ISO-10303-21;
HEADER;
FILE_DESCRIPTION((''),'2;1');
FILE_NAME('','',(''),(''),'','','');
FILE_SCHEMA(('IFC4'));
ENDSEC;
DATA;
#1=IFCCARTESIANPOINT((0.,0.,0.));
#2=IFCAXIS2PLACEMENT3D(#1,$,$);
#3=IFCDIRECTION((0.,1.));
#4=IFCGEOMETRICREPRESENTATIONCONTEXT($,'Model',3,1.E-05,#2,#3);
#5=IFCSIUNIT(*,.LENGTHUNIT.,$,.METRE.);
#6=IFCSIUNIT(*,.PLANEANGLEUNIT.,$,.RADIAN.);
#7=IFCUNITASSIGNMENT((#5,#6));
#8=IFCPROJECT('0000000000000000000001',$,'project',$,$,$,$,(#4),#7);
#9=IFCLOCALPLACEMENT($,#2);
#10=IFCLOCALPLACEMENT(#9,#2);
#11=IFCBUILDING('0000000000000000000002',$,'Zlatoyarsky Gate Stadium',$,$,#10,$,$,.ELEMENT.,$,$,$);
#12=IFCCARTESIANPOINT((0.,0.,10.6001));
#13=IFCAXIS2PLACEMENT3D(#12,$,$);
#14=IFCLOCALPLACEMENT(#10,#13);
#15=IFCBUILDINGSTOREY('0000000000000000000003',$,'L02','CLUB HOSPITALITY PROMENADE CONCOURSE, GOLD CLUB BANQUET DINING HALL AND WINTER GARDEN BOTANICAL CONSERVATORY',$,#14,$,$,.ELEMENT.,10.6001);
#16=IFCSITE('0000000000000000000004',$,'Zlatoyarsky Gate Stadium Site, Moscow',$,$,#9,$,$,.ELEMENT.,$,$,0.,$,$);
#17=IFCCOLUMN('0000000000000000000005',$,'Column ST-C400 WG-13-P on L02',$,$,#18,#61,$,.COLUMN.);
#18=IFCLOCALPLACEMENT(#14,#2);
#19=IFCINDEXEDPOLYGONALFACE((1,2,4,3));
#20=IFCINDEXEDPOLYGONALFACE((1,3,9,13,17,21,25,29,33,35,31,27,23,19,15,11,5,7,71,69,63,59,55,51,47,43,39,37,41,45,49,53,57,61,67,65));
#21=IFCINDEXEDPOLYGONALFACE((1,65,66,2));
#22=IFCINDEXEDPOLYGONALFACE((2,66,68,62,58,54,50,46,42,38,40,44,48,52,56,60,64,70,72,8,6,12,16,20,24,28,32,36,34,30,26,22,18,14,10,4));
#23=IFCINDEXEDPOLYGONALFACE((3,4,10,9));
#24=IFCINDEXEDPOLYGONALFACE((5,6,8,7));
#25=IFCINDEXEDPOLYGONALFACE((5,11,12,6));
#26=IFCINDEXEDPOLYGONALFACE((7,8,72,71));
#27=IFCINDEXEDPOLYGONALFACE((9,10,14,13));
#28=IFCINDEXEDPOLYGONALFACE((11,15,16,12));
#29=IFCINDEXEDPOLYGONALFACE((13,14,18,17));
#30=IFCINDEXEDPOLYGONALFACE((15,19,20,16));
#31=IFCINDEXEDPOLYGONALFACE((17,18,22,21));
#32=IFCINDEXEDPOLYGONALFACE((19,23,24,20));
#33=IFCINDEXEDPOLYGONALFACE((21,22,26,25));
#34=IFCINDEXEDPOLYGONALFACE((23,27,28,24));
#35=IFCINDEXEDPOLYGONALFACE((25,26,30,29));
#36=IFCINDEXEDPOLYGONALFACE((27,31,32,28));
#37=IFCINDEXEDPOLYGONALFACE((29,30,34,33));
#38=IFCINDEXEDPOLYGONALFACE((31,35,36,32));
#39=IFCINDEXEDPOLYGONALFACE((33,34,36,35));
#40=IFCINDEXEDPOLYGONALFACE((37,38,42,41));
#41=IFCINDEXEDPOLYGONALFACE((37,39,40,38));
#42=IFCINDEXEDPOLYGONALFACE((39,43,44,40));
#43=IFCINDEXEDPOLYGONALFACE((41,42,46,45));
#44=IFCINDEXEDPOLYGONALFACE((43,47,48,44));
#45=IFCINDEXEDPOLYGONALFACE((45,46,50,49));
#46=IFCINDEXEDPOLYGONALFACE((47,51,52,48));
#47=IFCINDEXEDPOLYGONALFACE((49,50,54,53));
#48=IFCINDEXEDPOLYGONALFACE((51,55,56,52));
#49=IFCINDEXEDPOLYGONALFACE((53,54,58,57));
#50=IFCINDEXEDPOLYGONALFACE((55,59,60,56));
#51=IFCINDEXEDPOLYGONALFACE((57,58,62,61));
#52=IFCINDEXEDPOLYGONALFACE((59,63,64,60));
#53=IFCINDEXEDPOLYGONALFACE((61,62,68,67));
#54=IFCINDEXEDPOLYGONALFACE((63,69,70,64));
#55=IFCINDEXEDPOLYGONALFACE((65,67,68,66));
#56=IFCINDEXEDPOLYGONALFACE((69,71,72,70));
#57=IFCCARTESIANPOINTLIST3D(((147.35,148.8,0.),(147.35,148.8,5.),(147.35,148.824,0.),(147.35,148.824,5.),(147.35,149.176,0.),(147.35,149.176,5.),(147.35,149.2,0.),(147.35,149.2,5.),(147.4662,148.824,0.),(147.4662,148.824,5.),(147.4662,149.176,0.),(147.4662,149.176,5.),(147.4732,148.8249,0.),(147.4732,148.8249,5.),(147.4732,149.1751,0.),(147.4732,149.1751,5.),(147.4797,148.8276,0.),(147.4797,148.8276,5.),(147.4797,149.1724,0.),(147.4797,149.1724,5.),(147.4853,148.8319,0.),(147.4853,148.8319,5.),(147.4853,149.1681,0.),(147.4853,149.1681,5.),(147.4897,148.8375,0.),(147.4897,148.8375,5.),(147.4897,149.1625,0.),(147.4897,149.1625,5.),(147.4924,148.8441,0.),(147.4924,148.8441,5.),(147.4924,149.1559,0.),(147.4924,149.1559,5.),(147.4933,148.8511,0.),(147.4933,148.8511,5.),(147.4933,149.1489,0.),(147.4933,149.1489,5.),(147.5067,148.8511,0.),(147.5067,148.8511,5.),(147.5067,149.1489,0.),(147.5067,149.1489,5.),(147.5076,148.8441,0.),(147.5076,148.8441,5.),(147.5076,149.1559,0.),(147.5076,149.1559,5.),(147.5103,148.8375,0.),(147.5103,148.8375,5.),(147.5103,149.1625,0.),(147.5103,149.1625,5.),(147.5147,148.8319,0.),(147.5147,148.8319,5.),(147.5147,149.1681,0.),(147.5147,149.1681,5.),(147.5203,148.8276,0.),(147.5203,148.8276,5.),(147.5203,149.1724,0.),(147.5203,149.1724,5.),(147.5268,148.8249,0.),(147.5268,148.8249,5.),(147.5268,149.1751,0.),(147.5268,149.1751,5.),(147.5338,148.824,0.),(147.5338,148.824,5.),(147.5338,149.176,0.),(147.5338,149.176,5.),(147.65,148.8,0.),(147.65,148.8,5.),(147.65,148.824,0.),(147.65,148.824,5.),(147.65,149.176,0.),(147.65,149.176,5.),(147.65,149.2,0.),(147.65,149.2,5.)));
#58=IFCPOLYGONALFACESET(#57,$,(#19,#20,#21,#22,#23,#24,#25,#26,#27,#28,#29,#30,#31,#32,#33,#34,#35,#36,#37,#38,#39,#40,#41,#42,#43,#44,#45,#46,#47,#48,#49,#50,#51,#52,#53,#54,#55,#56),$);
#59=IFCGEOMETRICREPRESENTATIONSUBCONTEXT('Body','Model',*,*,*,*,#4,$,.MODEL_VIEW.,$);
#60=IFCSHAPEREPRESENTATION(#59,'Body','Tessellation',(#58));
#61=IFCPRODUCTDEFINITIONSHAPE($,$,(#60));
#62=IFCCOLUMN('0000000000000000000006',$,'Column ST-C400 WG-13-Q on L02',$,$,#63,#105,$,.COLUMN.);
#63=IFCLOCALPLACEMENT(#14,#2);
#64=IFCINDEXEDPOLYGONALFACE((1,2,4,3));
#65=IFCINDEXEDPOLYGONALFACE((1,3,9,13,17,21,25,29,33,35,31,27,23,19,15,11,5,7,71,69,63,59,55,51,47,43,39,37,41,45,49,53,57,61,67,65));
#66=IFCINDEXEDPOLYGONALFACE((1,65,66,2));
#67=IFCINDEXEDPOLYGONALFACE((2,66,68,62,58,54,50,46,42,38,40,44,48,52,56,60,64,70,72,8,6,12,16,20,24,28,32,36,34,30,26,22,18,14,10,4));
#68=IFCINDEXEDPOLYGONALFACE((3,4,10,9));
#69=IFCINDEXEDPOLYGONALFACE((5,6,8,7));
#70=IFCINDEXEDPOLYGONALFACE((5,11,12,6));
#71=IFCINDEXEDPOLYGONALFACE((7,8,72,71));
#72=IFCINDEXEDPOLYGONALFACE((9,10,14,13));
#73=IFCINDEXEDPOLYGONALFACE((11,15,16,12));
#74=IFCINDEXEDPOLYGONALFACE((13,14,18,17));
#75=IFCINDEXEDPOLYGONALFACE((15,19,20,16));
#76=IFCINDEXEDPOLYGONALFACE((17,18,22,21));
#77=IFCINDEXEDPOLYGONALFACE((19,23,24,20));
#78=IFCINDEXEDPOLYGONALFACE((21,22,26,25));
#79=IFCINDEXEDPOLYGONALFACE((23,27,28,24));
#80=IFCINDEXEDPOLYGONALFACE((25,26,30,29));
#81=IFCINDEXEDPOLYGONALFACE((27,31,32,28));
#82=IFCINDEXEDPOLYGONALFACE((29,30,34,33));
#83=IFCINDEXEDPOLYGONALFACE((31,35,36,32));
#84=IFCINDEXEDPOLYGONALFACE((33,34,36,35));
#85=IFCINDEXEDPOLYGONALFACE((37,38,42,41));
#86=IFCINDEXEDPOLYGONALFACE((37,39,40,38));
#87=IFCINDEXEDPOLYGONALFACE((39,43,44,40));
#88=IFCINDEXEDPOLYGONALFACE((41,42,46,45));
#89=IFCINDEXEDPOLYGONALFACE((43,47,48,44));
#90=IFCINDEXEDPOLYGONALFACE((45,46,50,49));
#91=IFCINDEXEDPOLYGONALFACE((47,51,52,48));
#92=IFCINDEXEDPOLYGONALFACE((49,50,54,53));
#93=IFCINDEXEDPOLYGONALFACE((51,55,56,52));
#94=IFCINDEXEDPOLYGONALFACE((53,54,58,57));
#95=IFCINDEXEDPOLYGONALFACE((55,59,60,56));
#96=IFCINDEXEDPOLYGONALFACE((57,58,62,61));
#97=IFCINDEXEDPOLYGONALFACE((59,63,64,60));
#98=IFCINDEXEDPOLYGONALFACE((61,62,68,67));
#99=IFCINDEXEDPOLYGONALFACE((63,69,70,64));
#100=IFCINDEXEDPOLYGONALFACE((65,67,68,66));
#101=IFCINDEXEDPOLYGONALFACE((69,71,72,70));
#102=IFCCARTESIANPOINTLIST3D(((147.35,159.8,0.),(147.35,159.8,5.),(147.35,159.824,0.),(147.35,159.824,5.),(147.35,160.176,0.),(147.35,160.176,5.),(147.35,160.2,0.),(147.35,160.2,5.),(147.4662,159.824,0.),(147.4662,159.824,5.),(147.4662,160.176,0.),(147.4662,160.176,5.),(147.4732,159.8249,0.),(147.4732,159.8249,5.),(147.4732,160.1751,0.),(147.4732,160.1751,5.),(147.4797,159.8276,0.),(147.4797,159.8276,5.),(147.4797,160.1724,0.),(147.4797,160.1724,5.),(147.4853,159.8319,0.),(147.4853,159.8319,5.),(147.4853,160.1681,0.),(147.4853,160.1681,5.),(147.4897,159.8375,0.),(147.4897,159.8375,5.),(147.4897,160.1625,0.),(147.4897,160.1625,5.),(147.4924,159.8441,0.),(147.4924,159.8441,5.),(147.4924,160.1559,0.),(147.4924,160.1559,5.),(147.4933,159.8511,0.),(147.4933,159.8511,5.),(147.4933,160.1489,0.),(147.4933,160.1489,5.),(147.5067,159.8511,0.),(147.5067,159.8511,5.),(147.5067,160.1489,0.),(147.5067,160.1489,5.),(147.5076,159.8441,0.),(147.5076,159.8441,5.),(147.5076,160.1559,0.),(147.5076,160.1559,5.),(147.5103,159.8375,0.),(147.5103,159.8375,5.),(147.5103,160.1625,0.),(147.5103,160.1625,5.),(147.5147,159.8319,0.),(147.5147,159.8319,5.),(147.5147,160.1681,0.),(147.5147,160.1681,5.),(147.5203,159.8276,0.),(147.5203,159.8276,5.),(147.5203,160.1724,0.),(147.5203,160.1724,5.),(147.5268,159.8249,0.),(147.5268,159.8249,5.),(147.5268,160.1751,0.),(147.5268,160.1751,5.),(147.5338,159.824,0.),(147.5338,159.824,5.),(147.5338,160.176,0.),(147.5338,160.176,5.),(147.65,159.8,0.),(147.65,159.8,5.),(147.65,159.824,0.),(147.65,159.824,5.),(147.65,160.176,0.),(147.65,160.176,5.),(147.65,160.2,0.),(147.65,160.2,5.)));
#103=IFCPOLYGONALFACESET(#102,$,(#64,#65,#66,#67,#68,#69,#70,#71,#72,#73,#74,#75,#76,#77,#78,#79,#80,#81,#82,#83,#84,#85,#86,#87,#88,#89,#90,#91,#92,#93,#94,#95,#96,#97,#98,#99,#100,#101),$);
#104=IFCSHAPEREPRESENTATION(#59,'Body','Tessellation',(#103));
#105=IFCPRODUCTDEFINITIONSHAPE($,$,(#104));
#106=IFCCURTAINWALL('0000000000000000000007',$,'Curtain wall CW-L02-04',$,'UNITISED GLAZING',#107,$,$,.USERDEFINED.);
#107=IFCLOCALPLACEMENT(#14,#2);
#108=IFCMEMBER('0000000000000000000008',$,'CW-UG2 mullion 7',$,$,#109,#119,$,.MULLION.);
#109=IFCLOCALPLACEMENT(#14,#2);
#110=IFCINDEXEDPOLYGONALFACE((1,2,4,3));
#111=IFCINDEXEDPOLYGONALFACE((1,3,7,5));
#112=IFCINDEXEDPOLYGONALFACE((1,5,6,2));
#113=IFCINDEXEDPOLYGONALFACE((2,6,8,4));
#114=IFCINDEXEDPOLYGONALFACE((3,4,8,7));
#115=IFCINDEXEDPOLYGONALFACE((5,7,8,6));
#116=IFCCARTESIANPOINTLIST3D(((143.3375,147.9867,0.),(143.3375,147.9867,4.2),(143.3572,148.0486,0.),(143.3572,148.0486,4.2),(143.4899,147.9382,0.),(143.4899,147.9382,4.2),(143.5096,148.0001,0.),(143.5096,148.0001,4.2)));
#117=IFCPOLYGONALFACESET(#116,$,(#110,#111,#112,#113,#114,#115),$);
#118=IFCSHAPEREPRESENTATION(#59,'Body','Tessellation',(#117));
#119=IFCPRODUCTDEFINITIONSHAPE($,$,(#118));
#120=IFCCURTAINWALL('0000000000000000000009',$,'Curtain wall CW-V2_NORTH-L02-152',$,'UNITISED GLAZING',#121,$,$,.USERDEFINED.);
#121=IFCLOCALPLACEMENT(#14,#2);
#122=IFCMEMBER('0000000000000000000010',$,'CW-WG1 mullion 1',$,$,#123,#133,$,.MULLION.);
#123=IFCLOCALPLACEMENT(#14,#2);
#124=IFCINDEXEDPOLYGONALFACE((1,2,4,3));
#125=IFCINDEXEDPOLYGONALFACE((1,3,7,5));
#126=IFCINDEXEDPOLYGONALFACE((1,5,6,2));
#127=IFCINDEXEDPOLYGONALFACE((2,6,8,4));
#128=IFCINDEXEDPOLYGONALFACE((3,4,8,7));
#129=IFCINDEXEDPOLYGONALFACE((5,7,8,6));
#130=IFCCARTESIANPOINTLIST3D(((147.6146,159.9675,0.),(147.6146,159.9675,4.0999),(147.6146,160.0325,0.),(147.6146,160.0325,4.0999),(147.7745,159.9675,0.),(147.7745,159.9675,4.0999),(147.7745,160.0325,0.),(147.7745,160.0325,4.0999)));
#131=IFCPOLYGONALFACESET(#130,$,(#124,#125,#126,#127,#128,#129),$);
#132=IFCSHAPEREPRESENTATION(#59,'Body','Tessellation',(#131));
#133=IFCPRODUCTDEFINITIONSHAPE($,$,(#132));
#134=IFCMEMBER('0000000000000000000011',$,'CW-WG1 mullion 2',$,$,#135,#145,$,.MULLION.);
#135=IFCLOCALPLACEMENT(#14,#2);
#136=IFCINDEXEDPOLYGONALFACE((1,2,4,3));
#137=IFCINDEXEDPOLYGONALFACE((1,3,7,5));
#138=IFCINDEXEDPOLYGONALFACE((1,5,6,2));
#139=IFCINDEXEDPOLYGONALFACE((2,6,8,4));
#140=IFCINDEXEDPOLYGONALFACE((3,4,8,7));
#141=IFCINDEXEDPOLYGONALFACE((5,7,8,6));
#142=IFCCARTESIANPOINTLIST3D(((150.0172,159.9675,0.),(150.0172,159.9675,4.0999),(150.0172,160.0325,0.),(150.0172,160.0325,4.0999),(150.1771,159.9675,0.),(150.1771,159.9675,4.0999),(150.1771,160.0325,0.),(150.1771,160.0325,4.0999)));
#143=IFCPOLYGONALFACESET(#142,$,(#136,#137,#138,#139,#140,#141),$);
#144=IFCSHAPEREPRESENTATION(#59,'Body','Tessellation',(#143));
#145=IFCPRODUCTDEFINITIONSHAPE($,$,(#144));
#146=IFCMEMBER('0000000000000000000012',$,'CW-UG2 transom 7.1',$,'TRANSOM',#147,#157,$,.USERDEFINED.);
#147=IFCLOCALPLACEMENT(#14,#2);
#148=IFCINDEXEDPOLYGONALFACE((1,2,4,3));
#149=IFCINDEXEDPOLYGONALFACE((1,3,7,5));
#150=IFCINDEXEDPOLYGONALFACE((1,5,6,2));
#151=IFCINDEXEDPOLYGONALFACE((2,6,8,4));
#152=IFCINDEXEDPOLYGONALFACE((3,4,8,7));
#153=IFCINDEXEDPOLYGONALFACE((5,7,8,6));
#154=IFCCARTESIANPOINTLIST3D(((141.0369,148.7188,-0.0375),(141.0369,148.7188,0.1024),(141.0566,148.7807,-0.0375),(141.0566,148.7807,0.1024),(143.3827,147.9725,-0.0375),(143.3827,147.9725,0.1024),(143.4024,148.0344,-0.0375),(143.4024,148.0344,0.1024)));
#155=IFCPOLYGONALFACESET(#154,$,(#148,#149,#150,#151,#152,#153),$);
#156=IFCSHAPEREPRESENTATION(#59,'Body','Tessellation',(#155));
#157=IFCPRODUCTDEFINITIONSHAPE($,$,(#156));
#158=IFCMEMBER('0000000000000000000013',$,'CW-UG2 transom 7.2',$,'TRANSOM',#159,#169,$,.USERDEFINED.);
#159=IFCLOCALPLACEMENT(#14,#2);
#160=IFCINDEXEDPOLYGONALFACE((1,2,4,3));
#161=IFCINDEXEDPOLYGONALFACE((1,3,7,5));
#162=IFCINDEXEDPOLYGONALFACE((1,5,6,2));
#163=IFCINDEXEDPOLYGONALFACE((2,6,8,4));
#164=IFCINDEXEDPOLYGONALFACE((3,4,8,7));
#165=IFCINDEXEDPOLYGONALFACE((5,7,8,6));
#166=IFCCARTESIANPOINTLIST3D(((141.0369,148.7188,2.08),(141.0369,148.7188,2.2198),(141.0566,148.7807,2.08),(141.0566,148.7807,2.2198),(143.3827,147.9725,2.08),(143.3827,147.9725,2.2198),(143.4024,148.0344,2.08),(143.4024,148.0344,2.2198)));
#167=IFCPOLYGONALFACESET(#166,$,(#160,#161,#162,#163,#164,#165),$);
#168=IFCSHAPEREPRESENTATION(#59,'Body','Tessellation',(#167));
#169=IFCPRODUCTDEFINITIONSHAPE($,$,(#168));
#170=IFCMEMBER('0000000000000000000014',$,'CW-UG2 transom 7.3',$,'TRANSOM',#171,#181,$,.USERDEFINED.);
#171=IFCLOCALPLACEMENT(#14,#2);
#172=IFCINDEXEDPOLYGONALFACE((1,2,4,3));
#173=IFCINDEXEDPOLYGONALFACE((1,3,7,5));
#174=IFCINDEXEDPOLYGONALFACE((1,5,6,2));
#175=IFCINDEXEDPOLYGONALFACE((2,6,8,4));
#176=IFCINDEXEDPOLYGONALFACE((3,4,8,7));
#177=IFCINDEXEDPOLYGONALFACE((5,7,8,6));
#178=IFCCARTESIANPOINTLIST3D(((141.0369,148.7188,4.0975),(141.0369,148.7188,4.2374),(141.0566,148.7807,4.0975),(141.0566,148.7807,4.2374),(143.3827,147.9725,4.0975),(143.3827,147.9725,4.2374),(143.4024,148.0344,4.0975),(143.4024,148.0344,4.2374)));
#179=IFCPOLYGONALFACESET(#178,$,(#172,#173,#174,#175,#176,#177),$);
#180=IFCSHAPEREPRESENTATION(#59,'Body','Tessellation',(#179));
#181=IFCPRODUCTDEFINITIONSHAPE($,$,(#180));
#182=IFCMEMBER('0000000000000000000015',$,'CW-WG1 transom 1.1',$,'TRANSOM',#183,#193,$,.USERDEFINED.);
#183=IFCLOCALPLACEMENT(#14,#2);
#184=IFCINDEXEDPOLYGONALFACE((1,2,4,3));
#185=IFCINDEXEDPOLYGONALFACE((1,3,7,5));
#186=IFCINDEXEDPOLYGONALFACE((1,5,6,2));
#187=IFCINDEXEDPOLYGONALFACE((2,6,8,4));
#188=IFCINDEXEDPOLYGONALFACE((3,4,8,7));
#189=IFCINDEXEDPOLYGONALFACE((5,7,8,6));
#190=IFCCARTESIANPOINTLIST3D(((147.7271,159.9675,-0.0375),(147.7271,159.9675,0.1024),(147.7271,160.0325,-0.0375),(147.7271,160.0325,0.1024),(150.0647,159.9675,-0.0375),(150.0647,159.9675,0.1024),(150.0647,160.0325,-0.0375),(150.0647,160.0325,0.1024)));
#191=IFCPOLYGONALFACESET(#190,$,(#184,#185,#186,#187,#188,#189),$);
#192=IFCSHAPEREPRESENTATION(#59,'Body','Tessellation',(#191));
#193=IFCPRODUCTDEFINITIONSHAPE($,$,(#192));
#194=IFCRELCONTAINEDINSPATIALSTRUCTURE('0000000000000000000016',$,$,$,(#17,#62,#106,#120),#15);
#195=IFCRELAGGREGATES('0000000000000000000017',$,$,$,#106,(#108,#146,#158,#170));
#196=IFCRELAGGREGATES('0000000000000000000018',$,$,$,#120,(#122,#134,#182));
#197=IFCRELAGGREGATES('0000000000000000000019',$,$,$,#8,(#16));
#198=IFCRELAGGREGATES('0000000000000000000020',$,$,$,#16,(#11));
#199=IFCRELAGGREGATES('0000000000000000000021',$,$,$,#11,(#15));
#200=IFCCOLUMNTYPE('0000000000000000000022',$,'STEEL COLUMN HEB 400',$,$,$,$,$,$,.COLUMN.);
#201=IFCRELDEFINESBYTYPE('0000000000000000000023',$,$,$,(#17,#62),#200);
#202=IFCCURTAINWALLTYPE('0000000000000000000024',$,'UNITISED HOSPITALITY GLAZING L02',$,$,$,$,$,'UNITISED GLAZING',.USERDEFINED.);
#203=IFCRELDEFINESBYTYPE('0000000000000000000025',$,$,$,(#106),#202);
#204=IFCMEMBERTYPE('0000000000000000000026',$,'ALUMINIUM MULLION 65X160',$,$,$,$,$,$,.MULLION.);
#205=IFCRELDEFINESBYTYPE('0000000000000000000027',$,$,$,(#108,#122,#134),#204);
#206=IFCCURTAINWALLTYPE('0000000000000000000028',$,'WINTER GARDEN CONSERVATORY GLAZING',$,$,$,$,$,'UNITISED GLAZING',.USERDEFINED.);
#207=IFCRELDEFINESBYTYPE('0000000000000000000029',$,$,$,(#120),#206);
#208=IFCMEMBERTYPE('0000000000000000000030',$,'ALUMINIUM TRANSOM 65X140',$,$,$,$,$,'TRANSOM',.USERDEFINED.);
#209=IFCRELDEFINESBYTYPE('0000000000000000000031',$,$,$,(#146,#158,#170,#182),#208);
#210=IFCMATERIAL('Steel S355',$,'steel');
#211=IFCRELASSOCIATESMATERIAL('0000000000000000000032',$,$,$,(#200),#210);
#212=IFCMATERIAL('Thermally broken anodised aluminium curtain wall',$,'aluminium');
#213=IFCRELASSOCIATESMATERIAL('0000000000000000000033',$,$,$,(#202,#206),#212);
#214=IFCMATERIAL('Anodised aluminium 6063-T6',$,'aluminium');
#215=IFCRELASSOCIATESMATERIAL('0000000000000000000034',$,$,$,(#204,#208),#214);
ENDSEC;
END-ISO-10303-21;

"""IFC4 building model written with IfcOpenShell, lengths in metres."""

from ifc_helpers import new_model, si_unit, direction, frame, origin, origin_2d, place, context, subcontext, project, spatial, rectangle, i_section, extrude, material, material_profile, profile_set, type_object, element, aggregate, save


model = new_model("IFC4")

# Units and contexts
model_context = context("Model", 3, precision=1e-05, world=origin(), true_north=direction((0.0, 1.0)))
body_context = subcontext(model_context, "Body", "Model", "MODEL_VIEW")
ifc_project = project(units=[si_unit("LENGTHUNIT", "METRE"), si_unit("PLANEANGLEUNIT", "RADIAN")], contexts=[model_context])

# Site, building, storey
site_placement = place(None, origin())
site = spatial("IfcSite", under=ifc_project, at=site_placement, Name="Zlatoyarsky Gate Stadium Site, Moscow", CompositionType="ELEMENT", RefElevation=0.0)
building_placement = place(site_placement, origin())
building = spatial("IfcBuilding", under=site, at=building_placement, Name="Zlatoyarsky Gate Stadium", CompositionType="ELEMENT")
storey_placement = place(building_placement, frame((0.0, 0.0, 10.6001)))
storey = spatial("IfcBuildingStorey", under=building, at=storey_placement, Name="L02", Description="CLUB HOSPITALITY PROMENADE CONCOURSE, GOLD CLUB BANQUET DINING HALL AND WINTER GARDEN BOTANICAL CONSERVATORY", CompositionType="ELEMENT", Elevation=10.6001)

# Columns
ifc_material_1 = material(Name="Steel S355", Category="steel")
ifc_material_profile_1 = material_profile(ifc_material_1, i_section(OverallWidth=0.3, OverallDepth=0.3999, WebThickness=0.0134, FlangeThickness=0.0239, FilletRadius=0.0271, at=origin_2d()), Name="HEB 400")
ifc_profile_set_1 = profile_set([ifc_material_profile_1], Name="Steel S355")
column_type = type_object("IfcColumnType", Name="STEEL COLUMN HEB 400", PredefinedType="COLUMN", material=ifc_profile_set_1)
for number, where, z_axis, x_axis, name in (
    (1, (147.5, 149.0, 0.0), (0.0, 0.0, 1.0), (1.0, 0.0, 0.0), "Column ST-C400 WG-13-P on L02"),
    (2, (147.5, 160.0, 0.0), (0.0, 0.0, 1.0), (1.0, 0.0, 0.0), "Column ST-C400 WG-13-Q on L02"),
):
    element("IfcColumn", number, at=place(storey_placement, frame(where, z_axis=z_axis, x_axis=x_axis)), inside=storey, type_object=column_type, Name=name, PredefinedType="COLUMN", context=body_context, shape_type="SweptSolid", body=[
        extrude(i_section(OverallWidth=0.3, OverallDepth=0.3999, WebThickness=0.0134, FlangeThickness=0.0239, FilletRadius=0.0271, at=origin_2d()), origin(), (0.0, 0.0, 1.0), 5.0),
    ])

# Curtain wall, member
ifc_material_2 = material(Name="Thermally broken anodised aluminium curtain wall", Category="aluminium")
curtain_wall_type_1 = type_object("IfcCurtainWallType", Name="UNITISED HOSPITALITY GLAZING L02", ElementType="UNITISED GLAZING", PredefinedType="USERDEFINED", material=ifc_material_2)
curtain_wall_1_placement = place(storey_placement, origin())
curtain_wall_1 = element("IfcCurtainWall", 3, at=curtain_wall_1_placement, inside=storey, type_object=curtain_wall_type_1, Name="Curtain wall CW-L02-04", ObjectType="UNITISED GLAZING", PredefinedType="USERDEFINED")
ifc_material_3 = material(Name="Anodised aluminium 6063-T6", Category="aluminium")
ifc_material_profile_2 = material_profile(ifc_material_3, rectangle(XDim=0.0649, YDim=0.1599, at=origin_2d()), Name="ALU 65X160")
ifc_profile_set_2 = profile_set([ifc_material_profile_2], Name="Anodised aluminium 6063-T6")
member_type_1 = type_object("IfcMemberType", Name="ALUMINIUM MULLION 65X160", PredefinedType="MULLION", material=ifc_profile_set_2)
member_1_placement = place(storey_placement, frame((143.4236, 147.9934, 0.0), z_axis=(0.0, 0.0, 1.0), x_axis=(-0.303278, -0.952902, 0.0)))
member_1 = element("IfcMember", 4, at=member_1_placement, type_object=member_type_1, Name="CW-UG2 mullion 7", PredefinedType="MULLION", context=body_context, shape_type="SweptSolid", body=[
    extrude(rectangle(XDim=0.0649, YDim=0.1599, at=origin_2d()), origin(), (0.0, 0.0, 1.0), 4.2),
])

# Curtain wall, members
curtain_wall_type_2 = type_object("IfcCurtainWallType", Name="WINTER GARDEN CONSERVATORY GLAZING", ElementType="UNITISED GLAZING", PredefinedType="USERDEFINED", material=ifc_material_2)
curtain_wall_2_placement = place(storey_placement, origin())
curtain_wall_2 = element("IfcCurtainWall", 5, at=curtain_wall_2_placement, inside=storey, type_object=curtain_wall_type_2, Name="Curtain wall CW-V2_NORTH-L02-152", ObjectType="UNITISED GLAZING", PredefinedType="USERDEFINED")
member_2_placement = place(storey_placement, frame((147.6946, 160.0, 0.0), z_axis=(0.0, 0.0, 1.0), x_axis=(0.0, 1.0, 0.0)))
member_2 = element("IfcMember", 6, at=member_2_placement, type_object=member_type_1, Name="CW-WG1 mullion 1", PredefinedType="MULLION", context=body_context, shape_type="SweptSolid", body=[
    extrude(rectangle(XDim=0.0649, YDim=0.1599, at=origin_2d()), origin(), (0.0, 0.0, 1.0), 4.0999),
])
member_3_placement = place(storey_placement, frame((150.0972, 160.0, 0.0), z_axis=(0.0, 0.0, 1.0), x_axis=(0.0, 1.0, 0.0)))
member_3 = element("IfcMember", 7, at=member_3_placement, type_object=member_type_1, Name="CW-WG1 mullion 2", PredefinedType="MULLION", context=body_context, shape_type="SweptSolid", body=[
    extrude(rectangle(XDim=0.0649, YDim=0.1599, at=origin_2d()), origin(), (0.0, 0.0, 1.0), 4.0999),
])

# Members
ifc_material_profile_3 = material_profile(ifc_material_3, rectangle(XDim=0.0649, YDim=0.1399, at=origin_2d()), Name="ALU 65X140")
ifc_profile_set_3 = profile_set([ifc_material_profile_3], Name="Anodised aluminium 6063-T6")
member_type_2 = type_object("IfcMemberType", Name="ALUMINIUM TRANSOM 65X140", ElementType="TRANSOM", PredefinedType="USERDEFINED", material=ifc_profile_set_3)
member_4_placement = place(storey_placement, frame((143.3926, 148.0034, 0.0325), z_axis=(-0.952928, 0.303195, 0.0), x_axis=(-0.303195, -0.952928, 0.0)))
member_4 = element("IfcMember", 8, at=member_4_placement, type_object=member_type_2, Name="CW-UG2 transom 7.1", ObjectType="TRANSOM", PredefinedType="USERDEFINED", context=body_context, shape_type="SweptSolid", body=[
    extrude(rectangle(XDim=0.0649, YDim=0.1399, at=origin_2d()), origin(), (0.0, 0.0, 1.0), 2.4617),
])
member_5_placement = place(storey_placement, frame((143.3926, 148.0034, 2.1499), z_axis=(-0.952928, 0.303195, 0.0), x_axis=(-0.303195, -0.952928, 0.0)))
member_5 = element("IfcMember", 9, at=member_5_placement, type_object=member_type_2, Name="CW-UG2 transom 7.2", ObjectType="TRANSOM", PredefinedType="USERDEFINED", context=body_context, shape_type="SweptSolid", body=[
    extrude(rectangle(XDim=0.0649, YDim=0.1399, at=origin_2d()), origin(), (0.0, 0.0, 1.0), 2.4617),
])
member_6_placement = place(storey_placement, frame((143.3926, 148.0034, 4.1675), z_axis=(-0.952928, 0.303195, 0.0), x_axis=(-0.303195, -0.952928, 0.0)))
member_6 = element("IfcMember", 10, at=member_6_placement, type_object=member_type_2, Name="CW-UG2 transom 7.3", ObjectType="TRANSOM", PredefinedType="USERDEFINED", context=body_context, shape_type="SweptSolid", body=[
    extrude(rectangle(XDim=0.0649, YDim=0.1399, at=origin_2d()), origin(), (0.0, 0.0, 1.0), 2.4617),
])
aggregate(curtain_wall_1, [member_1, member_4, member_5, member_6])
member_7_placement = place(storey_placement, frame((147.7271, 160.0, 0.0325), z_axis=(1.0, 0.0, 0.0), x_axis=(0.0, 1.0, 0.0)))
member_7 = element("IfcMember", 11, at=member_7_placement, type_object=member_type_2, Name="CW-WG1 transom 1.1", ObjectType="TRANSOM", PredefinedType="USERDEFINED", context=body_context, shape_type="SweptSolid", body=[
    extrude(rectangle(XDim=0.0649, YDim=0.1399, at=origin_2d()), origin(), (0.0, 0.0, 1.0), 2.3376),
])

aggregate(curtain_wall_2, [member_2, member_3, member_7])

save(model, "model.ifc")
